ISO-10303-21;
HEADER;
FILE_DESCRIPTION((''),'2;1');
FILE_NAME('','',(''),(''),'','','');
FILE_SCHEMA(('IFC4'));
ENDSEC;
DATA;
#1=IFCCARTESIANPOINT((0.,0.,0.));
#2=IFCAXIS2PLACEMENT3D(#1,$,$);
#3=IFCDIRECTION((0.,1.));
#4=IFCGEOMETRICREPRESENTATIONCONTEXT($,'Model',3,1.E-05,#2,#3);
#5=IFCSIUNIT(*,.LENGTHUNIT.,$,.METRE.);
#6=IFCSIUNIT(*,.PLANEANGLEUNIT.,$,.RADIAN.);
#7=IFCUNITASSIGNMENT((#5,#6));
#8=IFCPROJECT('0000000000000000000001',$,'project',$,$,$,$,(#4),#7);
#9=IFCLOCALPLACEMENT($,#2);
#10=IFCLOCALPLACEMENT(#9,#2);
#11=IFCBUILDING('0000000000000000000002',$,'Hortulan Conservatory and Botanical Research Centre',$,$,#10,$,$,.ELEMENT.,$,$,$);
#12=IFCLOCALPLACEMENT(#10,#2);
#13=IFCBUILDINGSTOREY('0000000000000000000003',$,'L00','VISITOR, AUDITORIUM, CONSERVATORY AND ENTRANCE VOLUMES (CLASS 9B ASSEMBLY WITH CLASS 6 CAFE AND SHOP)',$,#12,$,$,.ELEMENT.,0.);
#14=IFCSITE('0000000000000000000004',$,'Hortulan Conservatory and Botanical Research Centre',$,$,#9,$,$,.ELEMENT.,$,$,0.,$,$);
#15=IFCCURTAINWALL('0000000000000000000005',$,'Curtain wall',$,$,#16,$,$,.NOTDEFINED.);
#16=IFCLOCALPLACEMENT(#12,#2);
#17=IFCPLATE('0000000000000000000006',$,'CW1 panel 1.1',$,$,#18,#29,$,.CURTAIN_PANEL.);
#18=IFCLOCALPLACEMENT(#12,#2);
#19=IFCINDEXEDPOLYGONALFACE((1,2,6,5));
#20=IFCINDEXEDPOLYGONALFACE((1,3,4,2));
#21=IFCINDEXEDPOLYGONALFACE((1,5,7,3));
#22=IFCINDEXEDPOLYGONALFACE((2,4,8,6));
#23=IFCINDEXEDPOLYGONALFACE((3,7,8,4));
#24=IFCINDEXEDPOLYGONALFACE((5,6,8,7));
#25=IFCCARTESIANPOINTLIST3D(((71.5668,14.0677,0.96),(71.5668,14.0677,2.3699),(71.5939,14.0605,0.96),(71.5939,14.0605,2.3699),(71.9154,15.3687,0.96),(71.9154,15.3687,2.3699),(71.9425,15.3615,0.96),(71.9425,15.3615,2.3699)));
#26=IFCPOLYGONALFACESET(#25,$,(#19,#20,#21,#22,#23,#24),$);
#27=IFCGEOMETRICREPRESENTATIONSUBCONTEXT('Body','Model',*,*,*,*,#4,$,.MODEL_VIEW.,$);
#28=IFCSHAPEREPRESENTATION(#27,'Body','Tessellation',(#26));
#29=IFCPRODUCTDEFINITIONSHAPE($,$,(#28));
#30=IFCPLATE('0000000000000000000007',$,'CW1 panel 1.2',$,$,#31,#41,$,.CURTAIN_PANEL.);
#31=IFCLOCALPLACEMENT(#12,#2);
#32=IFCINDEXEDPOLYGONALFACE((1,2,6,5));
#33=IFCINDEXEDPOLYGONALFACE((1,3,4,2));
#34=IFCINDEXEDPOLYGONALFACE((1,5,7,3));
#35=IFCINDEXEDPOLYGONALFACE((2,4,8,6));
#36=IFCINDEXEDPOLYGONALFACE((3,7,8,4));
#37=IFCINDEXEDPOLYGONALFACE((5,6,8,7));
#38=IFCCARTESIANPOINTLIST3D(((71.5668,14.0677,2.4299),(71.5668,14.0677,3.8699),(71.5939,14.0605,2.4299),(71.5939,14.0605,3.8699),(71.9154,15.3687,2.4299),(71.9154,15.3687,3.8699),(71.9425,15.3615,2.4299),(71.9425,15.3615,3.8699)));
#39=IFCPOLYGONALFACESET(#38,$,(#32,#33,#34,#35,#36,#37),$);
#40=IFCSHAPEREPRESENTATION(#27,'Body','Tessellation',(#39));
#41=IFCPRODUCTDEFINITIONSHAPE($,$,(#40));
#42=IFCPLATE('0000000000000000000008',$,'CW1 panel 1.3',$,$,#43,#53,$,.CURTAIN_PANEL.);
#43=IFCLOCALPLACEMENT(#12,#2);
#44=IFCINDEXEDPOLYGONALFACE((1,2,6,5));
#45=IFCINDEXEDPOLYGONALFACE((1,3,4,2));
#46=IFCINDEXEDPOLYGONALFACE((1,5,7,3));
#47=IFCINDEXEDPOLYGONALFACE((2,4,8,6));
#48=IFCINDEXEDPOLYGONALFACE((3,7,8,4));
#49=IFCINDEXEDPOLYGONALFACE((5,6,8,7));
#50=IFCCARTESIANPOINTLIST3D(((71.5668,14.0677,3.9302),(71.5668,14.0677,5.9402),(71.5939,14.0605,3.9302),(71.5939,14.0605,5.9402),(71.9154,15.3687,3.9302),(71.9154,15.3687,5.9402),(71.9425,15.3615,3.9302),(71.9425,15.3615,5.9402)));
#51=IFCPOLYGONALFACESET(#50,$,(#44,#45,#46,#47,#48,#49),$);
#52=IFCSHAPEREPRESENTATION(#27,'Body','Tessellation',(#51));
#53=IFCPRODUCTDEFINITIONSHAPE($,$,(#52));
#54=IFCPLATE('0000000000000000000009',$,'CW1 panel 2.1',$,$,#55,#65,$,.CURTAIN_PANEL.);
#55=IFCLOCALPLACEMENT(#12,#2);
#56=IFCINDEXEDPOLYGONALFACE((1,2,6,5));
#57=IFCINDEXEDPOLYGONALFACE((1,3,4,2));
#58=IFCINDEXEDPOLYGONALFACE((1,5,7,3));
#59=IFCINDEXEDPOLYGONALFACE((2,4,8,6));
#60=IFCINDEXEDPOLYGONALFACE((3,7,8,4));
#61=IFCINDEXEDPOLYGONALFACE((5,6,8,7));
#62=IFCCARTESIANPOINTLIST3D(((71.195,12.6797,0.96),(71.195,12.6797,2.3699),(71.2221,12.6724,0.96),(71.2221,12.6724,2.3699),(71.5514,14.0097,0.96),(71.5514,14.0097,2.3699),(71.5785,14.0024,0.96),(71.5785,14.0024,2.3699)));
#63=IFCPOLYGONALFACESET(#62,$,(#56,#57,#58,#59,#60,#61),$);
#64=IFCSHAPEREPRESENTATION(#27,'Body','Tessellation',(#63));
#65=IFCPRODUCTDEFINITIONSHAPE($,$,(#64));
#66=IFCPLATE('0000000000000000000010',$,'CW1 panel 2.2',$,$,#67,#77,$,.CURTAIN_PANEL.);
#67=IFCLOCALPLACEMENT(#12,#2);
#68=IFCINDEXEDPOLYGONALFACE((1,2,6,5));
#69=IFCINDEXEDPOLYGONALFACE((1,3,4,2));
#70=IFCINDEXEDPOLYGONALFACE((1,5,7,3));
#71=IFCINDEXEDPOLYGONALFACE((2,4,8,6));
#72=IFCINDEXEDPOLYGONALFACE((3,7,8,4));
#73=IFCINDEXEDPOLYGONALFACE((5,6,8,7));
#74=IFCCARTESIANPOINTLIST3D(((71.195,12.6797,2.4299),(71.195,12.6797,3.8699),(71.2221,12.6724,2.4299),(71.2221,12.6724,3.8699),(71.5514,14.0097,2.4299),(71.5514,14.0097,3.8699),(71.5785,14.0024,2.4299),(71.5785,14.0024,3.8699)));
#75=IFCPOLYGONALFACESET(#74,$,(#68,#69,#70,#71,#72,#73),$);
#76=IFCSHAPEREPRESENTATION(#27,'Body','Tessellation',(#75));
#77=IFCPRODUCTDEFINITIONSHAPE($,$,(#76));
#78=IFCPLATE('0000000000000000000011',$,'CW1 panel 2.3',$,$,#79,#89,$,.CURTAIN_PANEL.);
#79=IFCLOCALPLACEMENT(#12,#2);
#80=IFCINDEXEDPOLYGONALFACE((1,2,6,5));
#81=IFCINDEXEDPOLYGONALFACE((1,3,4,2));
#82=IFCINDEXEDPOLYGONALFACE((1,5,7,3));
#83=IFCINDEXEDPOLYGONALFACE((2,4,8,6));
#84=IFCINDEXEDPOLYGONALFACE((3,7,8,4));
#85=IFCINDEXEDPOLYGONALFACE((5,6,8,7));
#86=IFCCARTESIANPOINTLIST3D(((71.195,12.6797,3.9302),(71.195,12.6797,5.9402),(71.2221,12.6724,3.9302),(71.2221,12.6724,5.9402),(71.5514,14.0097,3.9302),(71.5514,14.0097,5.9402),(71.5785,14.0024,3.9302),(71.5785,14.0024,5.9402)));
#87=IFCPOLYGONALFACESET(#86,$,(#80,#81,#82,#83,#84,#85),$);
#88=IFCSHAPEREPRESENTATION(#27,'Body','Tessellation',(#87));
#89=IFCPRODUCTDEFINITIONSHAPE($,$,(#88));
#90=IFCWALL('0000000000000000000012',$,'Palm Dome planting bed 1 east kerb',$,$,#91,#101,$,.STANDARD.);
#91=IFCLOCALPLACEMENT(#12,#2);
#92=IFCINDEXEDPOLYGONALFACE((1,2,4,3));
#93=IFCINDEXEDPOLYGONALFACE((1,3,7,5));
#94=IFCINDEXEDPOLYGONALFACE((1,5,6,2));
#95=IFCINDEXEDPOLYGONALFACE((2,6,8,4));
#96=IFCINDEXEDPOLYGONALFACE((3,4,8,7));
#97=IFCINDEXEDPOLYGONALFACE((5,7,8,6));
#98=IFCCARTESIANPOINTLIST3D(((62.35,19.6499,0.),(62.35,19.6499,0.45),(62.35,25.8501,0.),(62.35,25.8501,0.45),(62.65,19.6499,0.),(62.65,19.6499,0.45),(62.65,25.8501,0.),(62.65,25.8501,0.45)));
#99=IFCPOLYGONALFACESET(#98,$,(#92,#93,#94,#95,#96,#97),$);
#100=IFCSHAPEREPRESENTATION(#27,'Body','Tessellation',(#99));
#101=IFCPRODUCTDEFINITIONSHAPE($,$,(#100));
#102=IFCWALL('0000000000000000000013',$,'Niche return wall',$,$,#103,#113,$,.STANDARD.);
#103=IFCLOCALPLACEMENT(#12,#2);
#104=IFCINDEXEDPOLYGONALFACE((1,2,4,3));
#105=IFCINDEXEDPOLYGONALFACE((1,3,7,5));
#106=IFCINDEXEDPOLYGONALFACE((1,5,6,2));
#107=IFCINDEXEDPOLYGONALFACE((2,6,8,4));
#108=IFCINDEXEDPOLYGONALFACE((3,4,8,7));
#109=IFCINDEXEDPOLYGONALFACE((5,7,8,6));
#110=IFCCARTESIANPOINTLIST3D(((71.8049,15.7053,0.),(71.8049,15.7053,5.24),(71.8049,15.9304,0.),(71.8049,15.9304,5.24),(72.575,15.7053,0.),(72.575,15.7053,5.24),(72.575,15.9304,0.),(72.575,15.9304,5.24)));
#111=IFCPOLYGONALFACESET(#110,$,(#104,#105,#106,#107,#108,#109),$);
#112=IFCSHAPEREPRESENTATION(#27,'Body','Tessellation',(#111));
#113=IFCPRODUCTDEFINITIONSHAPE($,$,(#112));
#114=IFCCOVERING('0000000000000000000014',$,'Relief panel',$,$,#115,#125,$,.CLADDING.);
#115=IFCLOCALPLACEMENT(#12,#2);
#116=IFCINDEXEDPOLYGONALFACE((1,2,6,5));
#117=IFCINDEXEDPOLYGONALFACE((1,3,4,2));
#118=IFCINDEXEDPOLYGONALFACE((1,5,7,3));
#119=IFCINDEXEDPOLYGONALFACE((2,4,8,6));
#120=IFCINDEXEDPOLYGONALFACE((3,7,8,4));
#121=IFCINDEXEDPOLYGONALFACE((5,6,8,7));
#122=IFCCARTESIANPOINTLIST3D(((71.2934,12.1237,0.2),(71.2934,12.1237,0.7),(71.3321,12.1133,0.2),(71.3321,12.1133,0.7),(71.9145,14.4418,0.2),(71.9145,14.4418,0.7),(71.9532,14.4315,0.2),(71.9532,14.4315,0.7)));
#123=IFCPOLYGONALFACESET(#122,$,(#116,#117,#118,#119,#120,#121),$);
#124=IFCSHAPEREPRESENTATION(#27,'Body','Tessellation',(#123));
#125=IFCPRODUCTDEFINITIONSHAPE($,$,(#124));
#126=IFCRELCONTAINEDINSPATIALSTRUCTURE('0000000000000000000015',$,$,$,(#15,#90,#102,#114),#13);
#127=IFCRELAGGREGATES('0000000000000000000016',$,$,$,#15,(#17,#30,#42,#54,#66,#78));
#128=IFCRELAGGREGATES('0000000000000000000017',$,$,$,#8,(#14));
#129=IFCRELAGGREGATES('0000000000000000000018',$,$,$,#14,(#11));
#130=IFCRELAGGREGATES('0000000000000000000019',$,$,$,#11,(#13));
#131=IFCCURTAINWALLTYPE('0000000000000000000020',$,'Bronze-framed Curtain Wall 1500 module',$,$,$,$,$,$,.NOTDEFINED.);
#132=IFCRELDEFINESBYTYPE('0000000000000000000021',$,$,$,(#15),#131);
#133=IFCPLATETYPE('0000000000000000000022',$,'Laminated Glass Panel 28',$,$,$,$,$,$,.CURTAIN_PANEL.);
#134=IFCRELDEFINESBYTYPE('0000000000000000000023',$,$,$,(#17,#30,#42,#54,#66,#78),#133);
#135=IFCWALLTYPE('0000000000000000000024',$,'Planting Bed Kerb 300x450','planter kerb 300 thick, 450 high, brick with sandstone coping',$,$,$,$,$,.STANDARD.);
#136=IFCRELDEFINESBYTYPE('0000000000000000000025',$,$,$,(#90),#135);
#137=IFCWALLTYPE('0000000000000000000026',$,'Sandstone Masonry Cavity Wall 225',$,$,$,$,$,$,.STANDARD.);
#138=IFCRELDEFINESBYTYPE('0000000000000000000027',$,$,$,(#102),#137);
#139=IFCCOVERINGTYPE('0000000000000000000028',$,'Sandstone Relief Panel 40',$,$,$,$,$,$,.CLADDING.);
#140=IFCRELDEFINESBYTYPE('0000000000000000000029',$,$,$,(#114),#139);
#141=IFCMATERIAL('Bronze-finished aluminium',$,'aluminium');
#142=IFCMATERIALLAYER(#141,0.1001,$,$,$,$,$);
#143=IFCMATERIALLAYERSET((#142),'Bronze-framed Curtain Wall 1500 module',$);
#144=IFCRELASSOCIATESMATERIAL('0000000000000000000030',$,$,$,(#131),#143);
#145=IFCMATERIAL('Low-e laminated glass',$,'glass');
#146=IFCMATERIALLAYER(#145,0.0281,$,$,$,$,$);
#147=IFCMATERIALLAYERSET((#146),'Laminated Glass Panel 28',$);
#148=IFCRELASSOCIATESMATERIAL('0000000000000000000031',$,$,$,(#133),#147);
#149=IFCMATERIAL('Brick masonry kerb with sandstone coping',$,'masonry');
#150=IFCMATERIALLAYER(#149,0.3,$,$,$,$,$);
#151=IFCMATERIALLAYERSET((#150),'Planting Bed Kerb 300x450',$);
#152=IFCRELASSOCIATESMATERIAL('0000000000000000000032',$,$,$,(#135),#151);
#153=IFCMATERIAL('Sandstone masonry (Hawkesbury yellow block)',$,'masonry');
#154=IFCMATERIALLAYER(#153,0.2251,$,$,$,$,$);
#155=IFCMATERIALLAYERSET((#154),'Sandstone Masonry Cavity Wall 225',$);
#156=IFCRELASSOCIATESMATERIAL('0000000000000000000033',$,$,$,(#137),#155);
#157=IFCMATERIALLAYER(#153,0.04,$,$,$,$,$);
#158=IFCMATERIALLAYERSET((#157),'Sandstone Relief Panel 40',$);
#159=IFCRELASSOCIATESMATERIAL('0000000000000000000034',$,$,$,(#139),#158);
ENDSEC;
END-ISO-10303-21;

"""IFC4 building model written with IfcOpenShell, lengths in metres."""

from ifc_helpers import new_model, si_unit, direction, frame, frame_2d, origin, origin_2d, place, context, subcontext, project, spatial, rectangle, extrude, material, layer, layer_set, type_object, element, aggregate, save


model = new_model("IFC4")

# Units and contexts
model_context = context("Model", 3, precision=1e-05, world=origin(), true_north=direction((0.0, 1.0)))
body_context = subcontext(model_context, "Body", "Model", "MODEL_VIEW")
ifc_project = project(units=[si_unit("LENGTHUNIT", "METRE"), si_unit("PLANEANGLEUNIT", "RADIAN")], contexts=[model_context])

# Site, building, storey
site_placement = place(None, origin())
site = spatial("IfcSite", under=ifc_project, at=site_placement, Name="Hortulan Conservatory and Botanical Research Centre", CompositionType="ELEMENT", RefElevation=0.0)
building_placement = place(site_placement, origin())
building = spatial("IfcBuilding", under=site, at=building_placement, Name="Hortulan Conservatory and Botanical Research Centre", CompositionType="ELEMENT")
storey_placement = place(building_placement, origin())
storey = spatial("IfcBuildingStorey", under=building, at=storey_placement, Name="L00", Description="VISITOR, AUDITORIUM, CONSERVATORY AND ENTRANCE VOLUMES (CLASS 9B ASSEMBLY WITH CLASS 6 CAFE AND SHOP)", CompositionType="ELEMENT", Elevation=0.0)

# Curtain wall
ifc_material_1 = material(Name="Bronze-finished aluminium", Category="aluminium")
ifc_layer_1 = layer(ifc_material_1, 0.1001)
ifc_layer_set_1 = layer_set([ifc_layer_1], Name="Bronze-framed Curtain Wall 1500 module")
curtain_wall_type = type_object("IfcCurtainWallType", Name="Bronze-framed Curtain Wall 1500 module", PredefinedType="NOTDEFINED", material=ifc_layer_set_1)
curtain_wall_placement = place(storey_placement, origin())
curtain_wall = element("IfcCurtainWall", 1, at=curtain_wall_placement, inside=storey, type_object=curtain_wall_type, Name="Curtain wall", PredefinedType="NOTDEFINED")

# Plates
ifc_material_2 = material(Name="Low-e laminated glass", Category="glass")
ifc_layer_2 = layer(ifc_material_2, 0.0281)
ifc_layer_set_2 = layer_set([ifc_layer_2], Name="Laminated Glass Panel 28")
plate_type = type_object("IfcPlateType", Name="Laminated Glass Panel 28", PredefinedType="CURTAIN_PANEL", material=ifc_layer_set_2)
plate_1_placement = place(storey_placement, frame((71.7546, 14.7146, 0.96), z_axis=(0.0, 0.0, 1.0), x_axis=(-0.258832, -0.965922, 0.0)))
plate_1 = element("IfcPlate", 2, at=plate_1_placement, type_object=plate_type, Name="CW1 panel 1.1", PredefinedType="CURTAIN_PANEL", context=body_context, shape_type="SweptSolid", body=[
    extrude(rectangle(XDim=1.3469, YDim=0.0281, at=origin_2d()), origin(), (0.0, 0.0, 1.0), 1.4099),
])
plate_2_placement = place(storey_placement, frame((71.7546, 14.7146, 2.4299), z_axis=(0.0, 0.0, 1.0), x_axis=(-0.258832, -0.965922, 0.0)))
plate_2 = element("IfcPlate", 3, at=plate_2_placement, type_object=plate_type, Name="CW1 panel 1.2", PredefinedType="CURTAIN_PANEL", context=body_context, shape_type="SweptSolid", body=[
    extrude(rectangle(XDim=1.3469, YDim=0.0281, at=origin_2d()), origin(), (0.0, 0.0, 1.0), 1.4399),
])
plate_3_placement = place(storey_placement, frame((71.7546, 14.7146, 3.9302), z_axis=(0.0, 0.0, 1.0), x_axis=(-0.258832, -0.965922, 0.0)))
plate_3 = element("IfcPlate", 4, at=plate_3_placement, type_object=plate_type, Name="CW1 panel 1.3", PredefinedType="CURTAIN_PANEL", context=body_context, shape_type="SweptSolid", body=[
    extrude(rectangle(XDim=1.3469, YDim=0.0281, at=origin_2d()), origin(), (0.0, 0.0, 1.0), 2.01),
])
plate_4_placement = place(storey_placement, frame((71.3867, 13.3411, 0.96), z_axis=(0.0, 0.0, 1.0), x_axis=(-0.258832, -0.965922, 0.0)))
plate_4 = element("IfcPlate", 5, at=plate_4_placement, type_object=plate_type, Name="CW1 panel 2.1", PredefinedType="CURTAIN_PANEL", context=body_context, shape_type="SweptSolid", body=[
    extrude(rectangle(XDim=1.377, YDim=0.0281, at=origin_2d()), origin(), (0.0, 0.0, 1.0), 1.4099),
])
plate_5_placement = place(storey_placement, frame((71.3867, 13.3411, 2.4299), z_axis=(0.0, 0.0, 1.0), x_axis=(-0.258832, -0.965922, 0.0)))
plate_5 = element("IfcPlate", 6, at=plate_5_placement, type_object=plate_type, Name="CW1 panel 2.2", PredefinedType="CURTAIN_PANEL", context=body_context, shape_type="SweptSolid", body=[
    extrude(rectangle(XDim=1.377, YDim=0.0281, at=origin_2d()), origin(), (0.0, 0.0, 1.0), 1.4399),
])
plate_6_placement = place(storey_placement, frame((71.3867, 13.3411, 3.9302), z_axis=(0.0, 0.0, 1.0), x_axis=(-0.258832, -0.965922, 0.0)))
plate_6 = element("IfcPlate", 7, at=plate_6_placement, type_object=plate_type, Name="CW1 panel 2.3", PredefinedType="CURTAIN_PANEL", context=body_context, shape_type="SweptSolid", body=[
    extrude(rectangle(XDim=1.377, YDim=0.0281, at=origin_2d()), origin(), (0.0, 0.0, 1.0), 2.01),
])
aggregate(curtain_wall, [plate_1, plate_2, plate_3, plate_4, plate_5, plate_6])

# Walls
ifc_material_3 = material(Name="Brick masonry kerb with sandstone coping", Category="masonry")
ifc_layer_3 = layer(ifc_material_3, 0.3)
ifc_layer_set_3 = layer_set([ifc_layer_3], Name="Planting Bed Kerb 300x450")
wall_type_1 = type_object("IfcWallType", Name="Planting Bed Kerb 300x450", Description="planter kerb 300 thick, 450 high, brick with sandstone coping", PredefinedType="STANDARD", material=ifc_layer_set_3)
wall_1_placement = place(storey_placement, frame((62.5, 19.6499, 0.0), z_axis=(0.0, 0.0, 1.0), x_axis=(0.0, 1.0, 0.0)))
element("IfcWall", 8, at=wall_1_placement, inside=storey, type_object=wall_type_1, Name="Palm Dome planting bed 1 east kerb", PredefinedType="STANDARD", context=body_context, shape_type="SweptSolid", body=[
    extrude(rectangle(XDim=6.2002, YDim=0.3, at=frame_2d((3.1001, 0.0))), origin(), (0.0, 0.0, 1.0), 0.45),
])
ifc_material_4 = material(Name="Sandstone masonry (Hawkesbury yellow block)", Category="masonry")
ifc_layer_4 = layer(ifc_material_4, 0.2251)
ifc_layer_set_4 = layer_set([ifc_layer_4], Name="Sandstone Masonry Cavity Wall 225")
wall_type_2 = type_object("IfcWallType", Name="Sandstone Masonry Cavity Wall 225", PredefinedType="STANDARD", material=ifc_layer_set_4)
wall_2_placement = place(storey_placement, frame((71.8049, 15.8179, 0.0), z_axis=(0.0, 0.0, 1.0), x_axis=(1.0, 0.0, 0.0)))
element("IfcWall", 9, at=wall_2_placement, inside=storey, type_object=wall_type_2, Name="Niche return wall", PredefinedType="STANDARD", context=body_context, shape_type="SweptSolid", body=[
    extrude(rectangle(XDim=0.77, YDim=0.2251, at=frame_2d((0.385, 0.0))), origin(), (0.0, 0.0, 1.0), 5.24),
])

# Covering
ifc_layer_5 = layer(ifc_material_4, 0.04)
ifc_layer_set_5 = layer_set([ifc_layer_5], Name="Sandstone Relief Panel 40")
covering_type = type_object("IfcCoveringType", Name="Sandstone Relief Panel 40", PredefinedType="CLADDING", material=ifc_layer_set_5)
covering_placement = place(storey_placement, frame((71.6233, 13.2776, 0.2), z_axis=(0.0, 0.0, 1.0), x_axis=(-0.258822, -0.965925, 0.0)))
element("IfcCovering", 10, at=covering_placement, inside=storey, type_object=covering_type, Name="Relief panel", PredefinedType="CLADDING", context=body_context, shape_type="SweptSolid", body=[
    extrude(rectangle(XDim=2.3999, YDim=0.04, at=origin_2d()), origin(), (0.0, 0.0, 1.0), 0.5),
])

save(model, "model.ifc")
